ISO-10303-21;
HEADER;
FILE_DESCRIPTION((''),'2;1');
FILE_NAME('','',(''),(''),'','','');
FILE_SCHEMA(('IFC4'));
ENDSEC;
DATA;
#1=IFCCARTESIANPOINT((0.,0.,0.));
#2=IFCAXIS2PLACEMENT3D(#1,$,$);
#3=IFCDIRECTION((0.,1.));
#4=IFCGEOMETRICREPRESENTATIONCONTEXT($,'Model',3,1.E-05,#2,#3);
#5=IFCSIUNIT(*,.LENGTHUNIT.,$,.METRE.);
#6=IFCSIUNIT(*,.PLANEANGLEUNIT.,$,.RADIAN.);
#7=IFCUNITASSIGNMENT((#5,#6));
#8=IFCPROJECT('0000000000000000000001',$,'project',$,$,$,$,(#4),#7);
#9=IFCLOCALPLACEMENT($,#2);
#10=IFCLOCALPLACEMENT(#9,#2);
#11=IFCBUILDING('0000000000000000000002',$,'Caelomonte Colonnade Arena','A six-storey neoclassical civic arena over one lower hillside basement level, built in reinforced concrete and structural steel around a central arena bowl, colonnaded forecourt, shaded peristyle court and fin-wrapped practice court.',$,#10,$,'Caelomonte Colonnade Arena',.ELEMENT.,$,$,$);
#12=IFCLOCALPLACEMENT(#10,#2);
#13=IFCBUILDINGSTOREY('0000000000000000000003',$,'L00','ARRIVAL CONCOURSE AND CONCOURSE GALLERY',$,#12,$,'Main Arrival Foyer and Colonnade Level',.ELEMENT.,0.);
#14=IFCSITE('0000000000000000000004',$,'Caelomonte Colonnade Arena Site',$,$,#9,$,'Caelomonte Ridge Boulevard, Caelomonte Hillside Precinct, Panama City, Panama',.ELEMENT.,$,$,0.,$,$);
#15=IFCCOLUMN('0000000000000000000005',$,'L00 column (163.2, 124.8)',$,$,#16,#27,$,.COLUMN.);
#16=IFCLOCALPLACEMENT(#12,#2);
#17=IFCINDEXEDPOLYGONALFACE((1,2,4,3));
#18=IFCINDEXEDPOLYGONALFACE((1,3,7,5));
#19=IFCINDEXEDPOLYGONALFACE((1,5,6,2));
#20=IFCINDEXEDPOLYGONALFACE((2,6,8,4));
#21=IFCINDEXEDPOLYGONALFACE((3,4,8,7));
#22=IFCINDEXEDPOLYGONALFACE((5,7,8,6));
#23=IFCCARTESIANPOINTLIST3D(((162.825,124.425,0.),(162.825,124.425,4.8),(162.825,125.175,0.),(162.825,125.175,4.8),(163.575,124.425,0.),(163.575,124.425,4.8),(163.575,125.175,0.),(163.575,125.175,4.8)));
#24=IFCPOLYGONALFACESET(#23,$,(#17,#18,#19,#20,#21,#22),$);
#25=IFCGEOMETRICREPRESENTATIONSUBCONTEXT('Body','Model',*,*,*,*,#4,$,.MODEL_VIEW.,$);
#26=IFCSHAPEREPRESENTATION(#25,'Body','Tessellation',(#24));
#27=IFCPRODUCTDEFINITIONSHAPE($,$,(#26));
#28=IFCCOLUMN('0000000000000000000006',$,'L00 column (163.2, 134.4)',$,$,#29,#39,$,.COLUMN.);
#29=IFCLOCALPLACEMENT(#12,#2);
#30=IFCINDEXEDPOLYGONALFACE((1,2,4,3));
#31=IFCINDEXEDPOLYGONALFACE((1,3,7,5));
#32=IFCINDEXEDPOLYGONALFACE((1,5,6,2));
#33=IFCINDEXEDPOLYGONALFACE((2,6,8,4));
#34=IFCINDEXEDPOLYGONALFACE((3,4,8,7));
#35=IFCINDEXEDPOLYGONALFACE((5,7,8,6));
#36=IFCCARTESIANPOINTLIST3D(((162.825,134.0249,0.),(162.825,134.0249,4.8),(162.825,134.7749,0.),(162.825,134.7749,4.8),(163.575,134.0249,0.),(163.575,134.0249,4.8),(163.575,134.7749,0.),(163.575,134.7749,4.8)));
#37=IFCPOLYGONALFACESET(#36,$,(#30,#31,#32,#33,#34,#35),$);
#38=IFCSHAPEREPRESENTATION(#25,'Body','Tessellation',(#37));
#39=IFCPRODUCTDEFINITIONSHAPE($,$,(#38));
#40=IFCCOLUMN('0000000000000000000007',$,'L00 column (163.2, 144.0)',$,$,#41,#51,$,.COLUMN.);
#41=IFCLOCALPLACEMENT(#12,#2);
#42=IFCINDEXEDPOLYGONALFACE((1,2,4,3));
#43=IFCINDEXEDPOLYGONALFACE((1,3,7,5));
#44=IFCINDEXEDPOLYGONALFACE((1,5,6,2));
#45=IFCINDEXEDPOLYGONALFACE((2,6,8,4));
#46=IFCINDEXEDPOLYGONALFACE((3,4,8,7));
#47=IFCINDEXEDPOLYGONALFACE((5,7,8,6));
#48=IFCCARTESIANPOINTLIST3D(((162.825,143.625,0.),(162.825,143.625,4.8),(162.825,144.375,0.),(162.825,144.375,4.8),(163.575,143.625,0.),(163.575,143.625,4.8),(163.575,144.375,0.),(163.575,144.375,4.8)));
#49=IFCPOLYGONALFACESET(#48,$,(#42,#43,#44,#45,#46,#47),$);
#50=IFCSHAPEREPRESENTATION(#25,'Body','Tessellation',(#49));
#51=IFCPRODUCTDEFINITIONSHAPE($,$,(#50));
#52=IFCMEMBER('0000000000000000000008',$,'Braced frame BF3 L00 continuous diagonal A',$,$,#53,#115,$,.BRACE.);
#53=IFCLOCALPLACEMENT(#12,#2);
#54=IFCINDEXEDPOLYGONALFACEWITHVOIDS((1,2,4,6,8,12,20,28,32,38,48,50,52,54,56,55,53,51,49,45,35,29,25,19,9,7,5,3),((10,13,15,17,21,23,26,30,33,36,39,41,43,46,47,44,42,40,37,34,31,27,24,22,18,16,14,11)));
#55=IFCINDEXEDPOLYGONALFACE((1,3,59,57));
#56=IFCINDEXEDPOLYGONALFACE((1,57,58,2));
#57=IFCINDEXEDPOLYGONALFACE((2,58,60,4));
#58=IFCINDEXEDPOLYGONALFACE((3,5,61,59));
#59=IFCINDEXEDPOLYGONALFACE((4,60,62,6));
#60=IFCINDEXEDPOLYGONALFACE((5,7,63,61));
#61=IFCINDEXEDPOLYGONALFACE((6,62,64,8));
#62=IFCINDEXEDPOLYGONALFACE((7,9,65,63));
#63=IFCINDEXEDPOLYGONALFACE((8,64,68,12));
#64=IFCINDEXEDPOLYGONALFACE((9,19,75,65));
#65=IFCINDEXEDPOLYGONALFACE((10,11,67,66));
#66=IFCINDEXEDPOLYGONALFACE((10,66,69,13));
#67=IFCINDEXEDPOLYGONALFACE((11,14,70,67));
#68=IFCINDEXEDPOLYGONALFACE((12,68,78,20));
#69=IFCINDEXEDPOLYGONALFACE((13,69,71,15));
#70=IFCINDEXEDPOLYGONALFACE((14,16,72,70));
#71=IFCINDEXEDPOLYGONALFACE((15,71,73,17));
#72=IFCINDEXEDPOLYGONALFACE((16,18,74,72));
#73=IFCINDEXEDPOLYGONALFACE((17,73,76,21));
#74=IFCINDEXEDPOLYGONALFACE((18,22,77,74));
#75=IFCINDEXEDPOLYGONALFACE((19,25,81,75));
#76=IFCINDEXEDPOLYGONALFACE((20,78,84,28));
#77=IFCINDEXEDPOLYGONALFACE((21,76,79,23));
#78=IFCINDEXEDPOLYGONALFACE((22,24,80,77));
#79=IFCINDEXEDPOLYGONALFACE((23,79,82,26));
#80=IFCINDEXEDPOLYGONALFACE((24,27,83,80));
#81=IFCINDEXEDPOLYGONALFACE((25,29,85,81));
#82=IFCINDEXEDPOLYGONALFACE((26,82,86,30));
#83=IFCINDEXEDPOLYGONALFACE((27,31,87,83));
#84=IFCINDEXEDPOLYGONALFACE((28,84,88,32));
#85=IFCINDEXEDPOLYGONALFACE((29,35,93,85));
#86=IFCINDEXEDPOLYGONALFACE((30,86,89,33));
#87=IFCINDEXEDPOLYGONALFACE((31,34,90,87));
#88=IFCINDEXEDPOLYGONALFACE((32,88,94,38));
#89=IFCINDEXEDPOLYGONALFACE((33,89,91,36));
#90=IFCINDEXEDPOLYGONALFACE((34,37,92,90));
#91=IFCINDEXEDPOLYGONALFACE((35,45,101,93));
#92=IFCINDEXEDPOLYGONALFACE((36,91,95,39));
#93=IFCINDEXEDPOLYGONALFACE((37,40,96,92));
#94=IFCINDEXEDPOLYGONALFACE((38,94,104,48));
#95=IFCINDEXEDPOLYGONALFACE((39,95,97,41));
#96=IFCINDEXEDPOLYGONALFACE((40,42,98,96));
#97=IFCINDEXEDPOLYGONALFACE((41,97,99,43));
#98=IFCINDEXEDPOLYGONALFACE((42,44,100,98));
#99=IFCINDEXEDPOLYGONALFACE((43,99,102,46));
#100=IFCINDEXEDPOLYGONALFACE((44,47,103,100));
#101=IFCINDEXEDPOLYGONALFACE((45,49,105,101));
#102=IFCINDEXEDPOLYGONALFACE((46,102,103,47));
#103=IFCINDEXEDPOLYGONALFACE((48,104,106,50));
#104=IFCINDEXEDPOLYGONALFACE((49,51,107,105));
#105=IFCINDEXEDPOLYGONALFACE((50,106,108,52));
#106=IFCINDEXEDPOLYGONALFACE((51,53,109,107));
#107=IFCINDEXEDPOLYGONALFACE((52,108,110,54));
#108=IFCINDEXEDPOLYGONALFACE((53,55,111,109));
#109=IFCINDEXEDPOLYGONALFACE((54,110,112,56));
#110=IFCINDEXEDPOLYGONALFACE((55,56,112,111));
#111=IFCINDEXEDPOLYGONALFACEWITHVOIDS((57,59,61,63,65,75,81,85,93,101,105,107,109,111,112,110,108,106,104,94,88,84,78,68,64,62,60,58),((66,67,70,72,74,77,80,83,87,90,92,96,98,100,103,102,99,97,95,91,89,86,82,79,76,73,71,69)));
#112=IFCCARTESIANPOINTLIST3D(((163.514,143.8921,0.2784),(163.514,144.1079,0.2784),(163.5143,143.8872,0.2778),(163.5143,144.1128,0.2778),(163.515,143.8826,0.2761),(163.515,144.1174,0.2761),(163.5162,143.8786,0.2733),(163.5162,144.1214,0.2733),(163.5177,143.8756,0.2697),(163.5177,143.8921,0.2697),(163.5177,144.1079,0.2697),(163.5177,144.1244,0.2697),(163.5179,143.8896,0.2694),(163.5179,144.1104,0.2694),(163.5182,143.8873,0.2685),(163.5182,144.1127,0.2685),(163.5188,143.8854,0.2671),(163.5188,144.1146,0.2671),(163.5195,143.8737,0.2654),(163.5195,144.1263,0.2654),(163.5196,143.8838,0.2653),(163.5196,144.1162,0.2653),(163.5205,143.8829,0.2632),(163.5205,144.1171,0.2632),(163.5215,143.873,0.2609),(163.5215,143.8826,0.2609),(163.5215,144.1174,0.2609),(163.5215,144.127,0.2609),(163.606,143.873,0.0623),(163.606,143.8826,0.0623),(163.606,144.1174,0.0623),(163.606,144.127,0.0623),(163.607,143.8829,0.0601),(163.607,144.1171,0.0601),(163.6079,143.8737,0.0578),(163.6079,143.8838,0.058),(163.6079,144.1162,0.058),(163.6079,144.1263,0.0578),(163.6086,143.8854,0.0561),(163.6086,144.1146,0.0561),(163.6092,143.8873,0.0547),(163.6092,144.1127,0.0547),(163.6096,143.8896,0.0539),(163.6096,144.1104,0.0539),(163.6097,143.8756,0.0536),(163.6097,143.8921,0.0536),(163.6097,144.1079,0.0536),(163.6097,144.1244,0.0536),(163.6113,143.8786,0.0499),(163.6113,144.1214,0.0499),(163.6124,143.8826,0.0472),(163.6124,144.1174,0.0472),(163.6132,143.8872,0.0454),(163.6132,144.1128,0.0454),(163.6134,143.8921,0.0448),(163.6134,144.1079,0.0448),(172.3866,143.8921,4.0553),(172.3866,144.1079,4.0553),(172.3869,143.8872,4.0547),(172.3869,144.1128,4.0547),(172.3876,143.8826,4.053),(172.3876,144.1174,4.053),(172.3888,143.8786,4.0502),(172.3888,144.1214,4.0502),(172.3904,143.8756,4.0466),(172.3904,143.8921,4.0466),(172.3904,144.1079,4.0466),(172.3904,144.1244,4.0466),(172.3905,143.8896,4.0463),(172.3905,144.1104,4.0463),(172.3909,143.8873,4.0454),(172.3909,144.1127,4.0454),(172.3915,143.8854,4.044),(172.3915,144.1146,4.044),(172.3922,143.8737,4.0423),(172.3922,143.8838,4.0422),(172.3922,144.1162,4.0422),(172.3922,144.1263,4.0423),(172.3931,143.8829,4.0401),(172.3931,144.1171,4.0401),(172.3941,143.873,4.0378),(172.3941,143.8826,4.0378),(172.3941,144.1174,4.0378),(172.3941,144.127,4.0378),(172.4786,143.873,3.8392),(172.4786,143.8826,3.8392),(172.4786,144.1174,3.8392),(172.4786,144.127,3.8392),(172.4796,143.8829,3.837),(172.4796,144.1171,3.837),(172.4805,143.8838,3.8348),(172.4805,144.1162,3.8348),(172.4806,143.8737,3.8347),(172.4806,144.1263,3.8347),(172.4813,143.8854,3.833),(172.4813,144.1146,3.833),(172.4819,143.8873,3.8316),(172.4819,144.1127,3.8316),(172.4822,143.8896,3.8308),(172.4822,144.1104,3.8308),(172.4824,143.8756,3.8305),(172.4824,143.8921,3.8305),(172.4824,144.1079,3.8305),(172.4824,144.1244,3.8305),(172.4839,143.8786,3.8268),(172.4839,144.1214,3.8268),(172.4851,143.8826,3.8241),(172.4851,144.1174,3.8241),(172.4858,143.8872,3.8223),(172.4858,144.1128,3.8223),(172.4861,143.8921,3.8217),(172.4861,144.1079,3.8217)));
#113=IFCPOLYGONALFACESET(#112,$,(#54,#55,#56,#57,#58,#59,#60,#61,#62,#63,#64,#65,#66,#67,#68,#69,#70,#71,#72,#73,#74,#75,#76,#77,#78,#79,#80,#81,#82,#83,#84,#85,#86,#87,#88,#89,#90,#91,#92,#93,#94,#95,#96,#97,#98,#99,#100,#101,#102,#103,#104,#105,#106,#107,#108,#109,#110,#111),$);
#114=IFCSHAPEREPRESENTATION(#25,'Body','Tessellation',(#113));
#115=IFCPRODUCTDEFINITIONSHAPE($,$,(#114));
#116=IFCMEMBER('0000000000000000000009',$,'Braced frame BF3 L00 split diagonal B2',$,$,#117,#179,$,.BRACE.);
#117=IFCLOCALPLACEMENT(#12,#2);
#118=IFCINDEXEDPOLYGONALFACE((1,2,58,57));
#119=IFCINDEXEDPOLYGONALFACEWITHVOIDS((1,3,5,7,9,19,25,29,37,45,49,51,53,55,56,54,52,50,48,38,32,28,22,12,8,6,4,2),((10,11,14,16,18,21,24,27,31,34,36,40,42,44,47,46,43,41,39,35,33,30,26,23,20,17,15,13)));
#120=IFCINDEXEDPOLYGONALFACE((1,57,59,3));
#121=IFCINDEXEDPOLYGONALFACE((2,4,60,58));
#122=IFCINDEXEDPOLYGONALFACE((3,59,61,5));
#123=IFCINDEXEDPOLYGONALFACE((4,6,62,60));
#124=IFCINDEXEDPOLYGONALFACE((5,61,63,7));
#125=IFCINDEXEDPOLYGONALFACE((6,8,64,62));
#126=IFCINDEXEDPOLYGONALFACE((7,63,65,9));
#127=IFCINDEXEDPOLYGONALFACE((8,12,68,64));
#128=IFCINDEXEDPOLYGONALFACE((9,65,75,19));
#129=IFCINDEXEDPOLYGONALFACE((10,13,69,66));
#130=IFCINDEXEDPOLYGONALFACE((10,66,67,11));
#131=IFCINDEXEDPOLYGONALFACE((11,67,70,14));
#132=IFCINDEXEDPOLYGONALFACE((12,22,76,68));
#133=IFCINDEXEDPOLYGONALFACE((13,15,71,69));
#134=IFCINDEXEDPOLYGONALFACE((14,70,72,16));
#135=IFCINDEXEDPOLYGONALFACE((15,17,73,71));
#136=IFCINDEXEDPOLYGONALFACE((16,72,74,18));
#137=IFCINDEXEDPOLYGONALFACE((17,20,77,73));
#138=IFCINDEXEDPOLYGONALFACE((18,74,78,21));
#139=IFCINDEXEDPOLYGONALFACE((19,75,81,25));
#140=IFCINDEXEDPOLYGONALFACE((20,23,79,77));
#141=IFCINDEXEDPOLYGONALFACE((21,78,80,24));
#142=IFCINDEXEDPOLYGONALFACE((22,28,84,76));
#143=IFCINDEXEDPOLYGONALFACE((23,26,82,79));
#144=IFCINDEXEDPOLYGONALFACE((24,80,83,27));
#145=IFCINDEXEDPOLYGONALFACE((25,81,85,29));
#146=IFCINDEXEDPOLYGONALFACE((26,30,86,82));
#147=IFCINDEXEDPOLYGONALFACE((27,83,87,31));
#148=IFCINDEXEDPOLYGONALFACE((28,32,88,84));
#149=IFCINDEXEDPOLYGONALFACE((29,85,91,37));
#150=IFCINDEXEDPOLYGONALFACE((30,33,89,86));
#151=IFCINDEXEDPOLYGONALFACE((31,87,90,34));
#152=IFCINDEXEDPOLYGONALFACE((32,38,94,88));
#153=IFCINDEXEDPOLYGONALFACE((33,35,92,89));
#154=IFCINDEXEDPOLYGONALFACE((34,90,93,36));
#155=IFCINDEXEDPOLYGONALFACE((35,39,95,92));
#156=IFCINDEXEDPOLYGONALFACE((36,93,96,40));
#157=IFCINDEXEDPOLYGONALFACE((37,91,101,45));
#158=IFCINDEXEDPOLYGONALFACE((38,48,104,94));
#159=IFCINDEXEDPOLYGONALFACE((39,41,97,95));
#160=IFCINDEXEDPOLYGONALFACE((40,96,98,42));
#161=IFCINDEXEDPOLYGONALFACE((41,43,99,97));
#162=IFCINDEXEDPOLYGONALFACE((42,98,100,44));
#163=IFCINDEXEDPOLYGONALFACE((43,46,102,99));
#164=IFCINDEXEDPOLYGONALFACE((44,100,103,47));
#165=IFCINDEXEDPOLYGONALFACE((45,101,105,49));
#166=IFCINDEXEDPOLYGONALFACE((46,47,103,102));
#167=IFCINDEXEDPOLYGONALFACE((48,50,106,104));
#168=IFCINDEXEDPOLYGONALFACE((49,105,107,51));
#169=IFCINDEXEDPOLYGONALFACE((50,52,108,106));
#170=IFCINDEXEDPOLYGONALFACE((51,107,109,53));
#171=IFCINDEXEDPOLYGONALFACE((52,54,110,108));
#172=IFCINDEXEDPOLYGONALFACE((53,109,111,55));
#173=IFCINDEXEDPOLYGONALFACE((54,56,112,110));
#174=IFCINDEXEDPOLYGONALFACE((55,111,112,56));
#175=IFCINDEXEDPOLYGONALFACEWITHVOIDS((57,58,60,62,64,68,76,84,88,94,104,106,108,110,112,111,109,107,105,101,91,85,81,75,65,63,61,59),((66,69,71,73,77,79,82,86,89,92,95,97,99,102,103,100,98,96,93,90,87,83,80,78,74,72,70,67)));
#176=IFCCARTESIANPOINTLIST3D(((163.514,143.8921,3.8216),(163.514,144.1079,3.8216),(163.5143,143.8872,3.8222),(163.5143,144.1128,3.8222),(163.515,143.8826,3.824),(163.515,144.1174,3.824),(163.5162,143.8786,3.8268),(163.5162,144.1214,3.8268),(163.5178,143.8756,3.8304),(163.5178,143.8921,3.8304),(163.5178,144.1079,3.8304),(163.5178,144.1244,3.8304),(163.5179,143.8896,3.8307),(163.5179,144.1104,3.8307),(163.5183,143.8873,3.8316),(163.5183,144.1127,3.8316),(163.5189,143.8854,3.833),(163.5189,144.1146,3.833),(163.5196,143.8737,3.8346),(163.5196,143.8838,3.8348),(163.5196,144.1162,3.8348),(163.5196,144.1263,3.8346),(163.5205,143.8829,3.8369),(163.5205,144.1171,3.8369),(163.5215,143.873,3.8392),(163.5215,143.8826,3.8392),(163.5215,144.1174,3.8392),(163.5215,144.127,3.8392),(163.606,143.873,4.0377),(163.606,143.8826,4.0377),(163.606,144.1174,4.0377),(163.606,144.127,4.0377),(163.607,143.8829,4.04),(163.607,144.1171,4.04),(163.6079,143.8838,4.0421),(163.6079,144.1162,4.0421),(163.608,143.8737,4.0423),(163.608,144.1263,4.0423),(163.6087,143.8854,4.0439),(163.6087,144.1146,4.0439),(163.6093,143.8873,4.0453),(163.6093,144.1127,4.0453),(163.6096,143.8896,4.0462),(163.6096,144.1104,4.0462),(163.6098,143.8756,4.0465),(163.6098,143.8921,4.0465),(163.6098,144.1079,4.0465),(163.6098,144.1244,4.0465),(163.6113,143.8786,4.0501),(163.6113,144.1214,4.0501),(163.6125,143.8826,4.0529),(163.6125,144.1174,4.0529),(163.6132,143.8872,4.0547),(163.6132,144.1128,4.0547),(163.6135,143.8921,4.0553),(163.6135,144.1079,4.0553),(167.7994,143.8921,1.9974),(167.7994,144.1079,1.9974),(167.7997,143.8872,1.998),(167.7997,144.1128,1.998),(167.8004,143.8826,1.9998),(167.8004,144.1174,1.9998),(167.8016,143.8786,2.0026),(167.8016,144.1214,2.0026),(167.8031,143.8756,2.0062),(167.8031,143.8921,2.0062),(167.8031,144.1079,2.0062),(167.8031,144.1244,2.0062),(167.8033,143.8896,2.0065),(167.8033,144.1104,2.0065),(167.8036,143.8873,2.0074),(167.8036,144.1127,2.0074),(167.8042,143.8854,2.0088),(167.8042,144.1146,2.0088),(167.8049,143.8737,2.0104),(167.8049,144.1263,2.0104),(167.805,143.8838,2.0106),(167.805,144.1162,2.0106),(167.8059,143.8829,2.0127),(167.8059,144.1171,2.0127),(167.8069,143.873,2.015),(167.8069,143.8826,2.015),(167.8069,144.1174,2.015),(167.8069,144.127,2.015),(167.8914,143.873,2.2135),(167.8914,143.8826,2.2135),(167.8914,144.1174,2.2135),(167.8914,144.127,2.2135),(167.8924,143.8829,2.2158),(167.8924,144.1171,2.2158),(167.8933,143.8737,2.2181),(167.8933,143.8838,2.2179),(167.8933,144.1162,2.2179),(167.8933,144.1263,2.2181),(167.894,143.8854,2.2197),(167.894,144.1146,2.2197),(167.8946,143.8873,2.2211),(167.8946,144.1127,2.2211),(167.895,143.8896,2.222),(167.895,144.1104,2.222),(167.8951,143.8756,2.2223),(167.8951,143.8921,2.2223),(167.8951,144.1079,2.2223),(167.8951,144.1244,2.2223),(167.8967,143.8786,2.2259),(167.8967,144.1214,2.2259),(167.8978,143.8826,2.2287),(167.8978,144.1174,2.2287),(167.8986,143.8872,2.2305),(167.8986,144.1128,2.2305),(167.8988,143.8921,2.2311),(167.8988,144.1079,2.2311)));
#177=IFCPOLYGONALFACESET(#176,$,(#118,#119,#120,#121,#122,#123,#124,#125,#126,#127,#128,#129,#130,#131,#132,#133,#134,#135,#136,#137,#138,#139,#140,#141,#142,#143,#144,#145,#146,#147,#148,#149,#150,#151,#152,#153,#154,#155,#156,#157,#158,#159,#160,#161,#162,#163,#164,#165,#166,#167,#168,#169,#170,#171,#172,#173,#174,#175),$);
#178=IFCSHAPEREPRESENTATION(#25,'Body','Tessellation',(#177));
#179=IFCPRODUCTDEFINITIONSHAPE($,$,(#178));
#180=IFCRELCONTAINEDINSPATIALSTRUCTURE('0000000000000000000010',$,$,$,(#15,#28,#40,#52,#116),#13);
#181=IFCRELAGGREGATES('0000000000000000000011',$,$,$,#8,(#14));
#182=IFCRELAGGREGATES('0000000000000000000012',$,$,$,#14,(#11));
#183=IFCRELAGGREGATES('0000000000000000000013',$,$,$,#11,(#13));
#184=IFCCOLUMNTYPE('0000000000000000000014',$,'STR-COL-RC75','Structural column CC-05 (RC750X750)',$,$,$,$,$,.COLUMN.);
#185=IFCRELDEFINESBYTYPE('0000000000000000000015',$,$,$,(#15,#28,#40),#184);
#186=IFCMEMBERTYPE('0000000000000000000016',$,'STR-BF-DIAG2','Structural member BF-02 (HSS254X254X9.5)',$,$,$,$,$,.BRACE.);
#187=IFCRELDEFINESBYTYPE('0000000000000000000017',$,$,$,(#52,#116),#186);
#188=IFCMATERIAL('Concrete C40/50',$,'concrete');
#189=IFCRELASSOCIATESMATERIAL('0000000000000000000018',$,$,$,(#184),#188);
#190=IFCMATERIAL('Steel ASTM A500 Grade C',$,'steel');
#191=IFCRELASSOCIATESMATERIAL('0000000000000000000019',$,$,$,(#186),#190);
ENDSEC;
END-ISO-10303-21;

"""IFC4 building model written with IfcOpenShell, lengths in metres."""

from ifc_helpers import new_model, si_unit, direction, frame, origin, origin_2d, place, context, subcontext, project, spatial, rectangle, hollow_rectangle, extrude, material, material_profile, profile_set, type_object, element, save


model = new_model("IFC4")

# Units and contexts
model_context = context("Model", 3, precision=1e-05, world=origin(), true_north=direction((0.0, 1.0)))
body_context = subcontext(model_context, "Body", "Model", "MODEL_VIEW")
ifc_project = project(units=[si_unit("LENGTHUNIT", "METRE"), si_unit("PLANEANGLEUNIT", "RADIAN")], contexts=[model_context])

# Site, building, storey
site_placement = place(None, origin())
site = spatial("IfcSite", under=ifc_project, at=site_placement, Name="Caelomonte Colonnade Arena Site", LongName="Caelomonte Ridge Boulevard, Caelomonte Hillside Precinct, Panama City, Panama", CompositionType="ELEMENT", RefElevation=0.0)
building_placement = place(site_placement, origin())
building = spatial("IfcBuilding", under=site, at=building_placement, Name="Caelomonte Colonnade Arena", Description="A six-storey neoclassical civic arena over one lower hillside basement level, built in reinforced concrete and structural steel around a central arena bowl, colonnaded forecourt, shaded peristyle court and fin-wrapped practice court.", LongName="Caelomonte Colonnade Arena", CompositionType="ELEMENT")
storey_placement = place(building_placement, origin())
storey = spatial("IfcBuildingStorey", under=building, at=storey_placement, Name="L00", Description="ARRIVAL CONCOURSE AND CONCOURSE GALLERY", LongName="Main Arrival Foyer and Colonnade Level", CompositionType="ELEMENT", Elevation=0.0)

# Columns
ifc_material_1 = material(Name="Concrete C40/50", Category="concrete")
ifc_material_profile_1 = material_profile(ifc_material_1, rectangle(XDim=0.75, YDim=0.75, at=origin_2d()), Name="RC750X750")
ifc_profile_set_1 = profile_set([ifc_material_profile_1], Name="Concrete C40/50")
column_type = type_object("IfcColumnType", Name="STR-COL-RC75", Description="Structural column CC-05 (RC750X750)", PredefinedType="COLUMN", material=ifc_profile_set_1)
for number, where, z_axis, x_axis, name in (
    (1, (163.2, 124.8, 0.0), (0.0, 0.0, 1.0), (1.0, 0.0, 0.0), "L00 column (163.2, 124.8)"),
    (2, (163.2, 134.3999, 0.0), (0.0, 0.0, 1.0), (1.0, 0.0, 0.0), "L00 column (163.2, 134.4)"),
    (3, (163.2, 144.0, 0.0), (0.0, 0.0, 1.0), (1.0, 0.0, 0.0), "L00 column (163.2, 144.0)"),
):
    element("IfcColumn", number, at=place(storey_placement, frame(where, z_axis=z_axis, x_axis=x_axis)), inside=storey, type_object=column_type, Name=name, PredefinedType="COLUMN", context=body_context, shape_type="SweptSolid", body=[
        extrude(rectangle(XDim=0.75, YDim=0.75, at=origin_2d()), origin(), (0.0, 0.0, 1.0), 4.8),
    ])

# Members
ifc_material_2 = material(Name="Steel ASTM A500 Grade C", Category="steel")
ifc_material_profile_2 = material_profile(ifc_material_2, hollow_rectangle(XDim=0.2539, YDim=0.2539, WallThickness=0.0095, InnerFilletRadius=0.0095, OuterFilletRadius=0.019, at=origin_2d()), Name="HSS254X254X9.5")
ifc_profile_set_2 = profile_set([ifc_material_profile_2], Name="Steel ASTM A500 Grade C")
member_type = type_object("IfcMemberType", Name="STR-BF-DIAG2", Description="Structural member BF-02 (HSS254X254X9.5)", PredefinedType="BRACE", material=ifc_profile_set_2)
member_1_placement = place(storey_placement, frame((163.5637, 144.0, 0.1616), z_axis=(0.920106, 0.0, 0.391669), x_axis=(0.0, 1.0, 0.0)))
element("IfcMember", 4, at=member_1_placement, inside=storey, type_object=member_type, Name="Braced frame BF3 L00 continuous diagonal A", PredefinedType="BRACE", context=body_context, shape_type="SweptSolid", body=[
    extrude(hollow_rectangle(XDim=0.2539, YDim=0.2539, WallThickness=0.0095, InnerFilletRadius=0.0095, OuterFilletRadius=0.019, at=origin_2d()), origin(), (0.0, 0.0, 1.0), 9.6431),
])
member_2_placement = place(storey_placement, frame((167.8491, 144.0, 2.1143), z_axis=(-0.920105, 0.0, 0.391672), x_axis=(0.0, -1.0, 0.0)))
element("IfcMember", 5, at=member_2_placement, inside=storey, type_object=member_type, Name="Braced frame BF3 L00 split diagonal B2", PredefinedType="BRACE", context=body_context, shape_type="SweptSolid", body=[
    extrude(hollow_rectangle(XDim=0.2539, YDim=0.2539, WallThickness=0.0095, InnerFilletRadius=0.0095, OuterFilletRadius=0.019, at=origin_2d()), origin(), (0.0, 0.0, 1.0), 4.6575),
])

save(model, "model.ifc")
